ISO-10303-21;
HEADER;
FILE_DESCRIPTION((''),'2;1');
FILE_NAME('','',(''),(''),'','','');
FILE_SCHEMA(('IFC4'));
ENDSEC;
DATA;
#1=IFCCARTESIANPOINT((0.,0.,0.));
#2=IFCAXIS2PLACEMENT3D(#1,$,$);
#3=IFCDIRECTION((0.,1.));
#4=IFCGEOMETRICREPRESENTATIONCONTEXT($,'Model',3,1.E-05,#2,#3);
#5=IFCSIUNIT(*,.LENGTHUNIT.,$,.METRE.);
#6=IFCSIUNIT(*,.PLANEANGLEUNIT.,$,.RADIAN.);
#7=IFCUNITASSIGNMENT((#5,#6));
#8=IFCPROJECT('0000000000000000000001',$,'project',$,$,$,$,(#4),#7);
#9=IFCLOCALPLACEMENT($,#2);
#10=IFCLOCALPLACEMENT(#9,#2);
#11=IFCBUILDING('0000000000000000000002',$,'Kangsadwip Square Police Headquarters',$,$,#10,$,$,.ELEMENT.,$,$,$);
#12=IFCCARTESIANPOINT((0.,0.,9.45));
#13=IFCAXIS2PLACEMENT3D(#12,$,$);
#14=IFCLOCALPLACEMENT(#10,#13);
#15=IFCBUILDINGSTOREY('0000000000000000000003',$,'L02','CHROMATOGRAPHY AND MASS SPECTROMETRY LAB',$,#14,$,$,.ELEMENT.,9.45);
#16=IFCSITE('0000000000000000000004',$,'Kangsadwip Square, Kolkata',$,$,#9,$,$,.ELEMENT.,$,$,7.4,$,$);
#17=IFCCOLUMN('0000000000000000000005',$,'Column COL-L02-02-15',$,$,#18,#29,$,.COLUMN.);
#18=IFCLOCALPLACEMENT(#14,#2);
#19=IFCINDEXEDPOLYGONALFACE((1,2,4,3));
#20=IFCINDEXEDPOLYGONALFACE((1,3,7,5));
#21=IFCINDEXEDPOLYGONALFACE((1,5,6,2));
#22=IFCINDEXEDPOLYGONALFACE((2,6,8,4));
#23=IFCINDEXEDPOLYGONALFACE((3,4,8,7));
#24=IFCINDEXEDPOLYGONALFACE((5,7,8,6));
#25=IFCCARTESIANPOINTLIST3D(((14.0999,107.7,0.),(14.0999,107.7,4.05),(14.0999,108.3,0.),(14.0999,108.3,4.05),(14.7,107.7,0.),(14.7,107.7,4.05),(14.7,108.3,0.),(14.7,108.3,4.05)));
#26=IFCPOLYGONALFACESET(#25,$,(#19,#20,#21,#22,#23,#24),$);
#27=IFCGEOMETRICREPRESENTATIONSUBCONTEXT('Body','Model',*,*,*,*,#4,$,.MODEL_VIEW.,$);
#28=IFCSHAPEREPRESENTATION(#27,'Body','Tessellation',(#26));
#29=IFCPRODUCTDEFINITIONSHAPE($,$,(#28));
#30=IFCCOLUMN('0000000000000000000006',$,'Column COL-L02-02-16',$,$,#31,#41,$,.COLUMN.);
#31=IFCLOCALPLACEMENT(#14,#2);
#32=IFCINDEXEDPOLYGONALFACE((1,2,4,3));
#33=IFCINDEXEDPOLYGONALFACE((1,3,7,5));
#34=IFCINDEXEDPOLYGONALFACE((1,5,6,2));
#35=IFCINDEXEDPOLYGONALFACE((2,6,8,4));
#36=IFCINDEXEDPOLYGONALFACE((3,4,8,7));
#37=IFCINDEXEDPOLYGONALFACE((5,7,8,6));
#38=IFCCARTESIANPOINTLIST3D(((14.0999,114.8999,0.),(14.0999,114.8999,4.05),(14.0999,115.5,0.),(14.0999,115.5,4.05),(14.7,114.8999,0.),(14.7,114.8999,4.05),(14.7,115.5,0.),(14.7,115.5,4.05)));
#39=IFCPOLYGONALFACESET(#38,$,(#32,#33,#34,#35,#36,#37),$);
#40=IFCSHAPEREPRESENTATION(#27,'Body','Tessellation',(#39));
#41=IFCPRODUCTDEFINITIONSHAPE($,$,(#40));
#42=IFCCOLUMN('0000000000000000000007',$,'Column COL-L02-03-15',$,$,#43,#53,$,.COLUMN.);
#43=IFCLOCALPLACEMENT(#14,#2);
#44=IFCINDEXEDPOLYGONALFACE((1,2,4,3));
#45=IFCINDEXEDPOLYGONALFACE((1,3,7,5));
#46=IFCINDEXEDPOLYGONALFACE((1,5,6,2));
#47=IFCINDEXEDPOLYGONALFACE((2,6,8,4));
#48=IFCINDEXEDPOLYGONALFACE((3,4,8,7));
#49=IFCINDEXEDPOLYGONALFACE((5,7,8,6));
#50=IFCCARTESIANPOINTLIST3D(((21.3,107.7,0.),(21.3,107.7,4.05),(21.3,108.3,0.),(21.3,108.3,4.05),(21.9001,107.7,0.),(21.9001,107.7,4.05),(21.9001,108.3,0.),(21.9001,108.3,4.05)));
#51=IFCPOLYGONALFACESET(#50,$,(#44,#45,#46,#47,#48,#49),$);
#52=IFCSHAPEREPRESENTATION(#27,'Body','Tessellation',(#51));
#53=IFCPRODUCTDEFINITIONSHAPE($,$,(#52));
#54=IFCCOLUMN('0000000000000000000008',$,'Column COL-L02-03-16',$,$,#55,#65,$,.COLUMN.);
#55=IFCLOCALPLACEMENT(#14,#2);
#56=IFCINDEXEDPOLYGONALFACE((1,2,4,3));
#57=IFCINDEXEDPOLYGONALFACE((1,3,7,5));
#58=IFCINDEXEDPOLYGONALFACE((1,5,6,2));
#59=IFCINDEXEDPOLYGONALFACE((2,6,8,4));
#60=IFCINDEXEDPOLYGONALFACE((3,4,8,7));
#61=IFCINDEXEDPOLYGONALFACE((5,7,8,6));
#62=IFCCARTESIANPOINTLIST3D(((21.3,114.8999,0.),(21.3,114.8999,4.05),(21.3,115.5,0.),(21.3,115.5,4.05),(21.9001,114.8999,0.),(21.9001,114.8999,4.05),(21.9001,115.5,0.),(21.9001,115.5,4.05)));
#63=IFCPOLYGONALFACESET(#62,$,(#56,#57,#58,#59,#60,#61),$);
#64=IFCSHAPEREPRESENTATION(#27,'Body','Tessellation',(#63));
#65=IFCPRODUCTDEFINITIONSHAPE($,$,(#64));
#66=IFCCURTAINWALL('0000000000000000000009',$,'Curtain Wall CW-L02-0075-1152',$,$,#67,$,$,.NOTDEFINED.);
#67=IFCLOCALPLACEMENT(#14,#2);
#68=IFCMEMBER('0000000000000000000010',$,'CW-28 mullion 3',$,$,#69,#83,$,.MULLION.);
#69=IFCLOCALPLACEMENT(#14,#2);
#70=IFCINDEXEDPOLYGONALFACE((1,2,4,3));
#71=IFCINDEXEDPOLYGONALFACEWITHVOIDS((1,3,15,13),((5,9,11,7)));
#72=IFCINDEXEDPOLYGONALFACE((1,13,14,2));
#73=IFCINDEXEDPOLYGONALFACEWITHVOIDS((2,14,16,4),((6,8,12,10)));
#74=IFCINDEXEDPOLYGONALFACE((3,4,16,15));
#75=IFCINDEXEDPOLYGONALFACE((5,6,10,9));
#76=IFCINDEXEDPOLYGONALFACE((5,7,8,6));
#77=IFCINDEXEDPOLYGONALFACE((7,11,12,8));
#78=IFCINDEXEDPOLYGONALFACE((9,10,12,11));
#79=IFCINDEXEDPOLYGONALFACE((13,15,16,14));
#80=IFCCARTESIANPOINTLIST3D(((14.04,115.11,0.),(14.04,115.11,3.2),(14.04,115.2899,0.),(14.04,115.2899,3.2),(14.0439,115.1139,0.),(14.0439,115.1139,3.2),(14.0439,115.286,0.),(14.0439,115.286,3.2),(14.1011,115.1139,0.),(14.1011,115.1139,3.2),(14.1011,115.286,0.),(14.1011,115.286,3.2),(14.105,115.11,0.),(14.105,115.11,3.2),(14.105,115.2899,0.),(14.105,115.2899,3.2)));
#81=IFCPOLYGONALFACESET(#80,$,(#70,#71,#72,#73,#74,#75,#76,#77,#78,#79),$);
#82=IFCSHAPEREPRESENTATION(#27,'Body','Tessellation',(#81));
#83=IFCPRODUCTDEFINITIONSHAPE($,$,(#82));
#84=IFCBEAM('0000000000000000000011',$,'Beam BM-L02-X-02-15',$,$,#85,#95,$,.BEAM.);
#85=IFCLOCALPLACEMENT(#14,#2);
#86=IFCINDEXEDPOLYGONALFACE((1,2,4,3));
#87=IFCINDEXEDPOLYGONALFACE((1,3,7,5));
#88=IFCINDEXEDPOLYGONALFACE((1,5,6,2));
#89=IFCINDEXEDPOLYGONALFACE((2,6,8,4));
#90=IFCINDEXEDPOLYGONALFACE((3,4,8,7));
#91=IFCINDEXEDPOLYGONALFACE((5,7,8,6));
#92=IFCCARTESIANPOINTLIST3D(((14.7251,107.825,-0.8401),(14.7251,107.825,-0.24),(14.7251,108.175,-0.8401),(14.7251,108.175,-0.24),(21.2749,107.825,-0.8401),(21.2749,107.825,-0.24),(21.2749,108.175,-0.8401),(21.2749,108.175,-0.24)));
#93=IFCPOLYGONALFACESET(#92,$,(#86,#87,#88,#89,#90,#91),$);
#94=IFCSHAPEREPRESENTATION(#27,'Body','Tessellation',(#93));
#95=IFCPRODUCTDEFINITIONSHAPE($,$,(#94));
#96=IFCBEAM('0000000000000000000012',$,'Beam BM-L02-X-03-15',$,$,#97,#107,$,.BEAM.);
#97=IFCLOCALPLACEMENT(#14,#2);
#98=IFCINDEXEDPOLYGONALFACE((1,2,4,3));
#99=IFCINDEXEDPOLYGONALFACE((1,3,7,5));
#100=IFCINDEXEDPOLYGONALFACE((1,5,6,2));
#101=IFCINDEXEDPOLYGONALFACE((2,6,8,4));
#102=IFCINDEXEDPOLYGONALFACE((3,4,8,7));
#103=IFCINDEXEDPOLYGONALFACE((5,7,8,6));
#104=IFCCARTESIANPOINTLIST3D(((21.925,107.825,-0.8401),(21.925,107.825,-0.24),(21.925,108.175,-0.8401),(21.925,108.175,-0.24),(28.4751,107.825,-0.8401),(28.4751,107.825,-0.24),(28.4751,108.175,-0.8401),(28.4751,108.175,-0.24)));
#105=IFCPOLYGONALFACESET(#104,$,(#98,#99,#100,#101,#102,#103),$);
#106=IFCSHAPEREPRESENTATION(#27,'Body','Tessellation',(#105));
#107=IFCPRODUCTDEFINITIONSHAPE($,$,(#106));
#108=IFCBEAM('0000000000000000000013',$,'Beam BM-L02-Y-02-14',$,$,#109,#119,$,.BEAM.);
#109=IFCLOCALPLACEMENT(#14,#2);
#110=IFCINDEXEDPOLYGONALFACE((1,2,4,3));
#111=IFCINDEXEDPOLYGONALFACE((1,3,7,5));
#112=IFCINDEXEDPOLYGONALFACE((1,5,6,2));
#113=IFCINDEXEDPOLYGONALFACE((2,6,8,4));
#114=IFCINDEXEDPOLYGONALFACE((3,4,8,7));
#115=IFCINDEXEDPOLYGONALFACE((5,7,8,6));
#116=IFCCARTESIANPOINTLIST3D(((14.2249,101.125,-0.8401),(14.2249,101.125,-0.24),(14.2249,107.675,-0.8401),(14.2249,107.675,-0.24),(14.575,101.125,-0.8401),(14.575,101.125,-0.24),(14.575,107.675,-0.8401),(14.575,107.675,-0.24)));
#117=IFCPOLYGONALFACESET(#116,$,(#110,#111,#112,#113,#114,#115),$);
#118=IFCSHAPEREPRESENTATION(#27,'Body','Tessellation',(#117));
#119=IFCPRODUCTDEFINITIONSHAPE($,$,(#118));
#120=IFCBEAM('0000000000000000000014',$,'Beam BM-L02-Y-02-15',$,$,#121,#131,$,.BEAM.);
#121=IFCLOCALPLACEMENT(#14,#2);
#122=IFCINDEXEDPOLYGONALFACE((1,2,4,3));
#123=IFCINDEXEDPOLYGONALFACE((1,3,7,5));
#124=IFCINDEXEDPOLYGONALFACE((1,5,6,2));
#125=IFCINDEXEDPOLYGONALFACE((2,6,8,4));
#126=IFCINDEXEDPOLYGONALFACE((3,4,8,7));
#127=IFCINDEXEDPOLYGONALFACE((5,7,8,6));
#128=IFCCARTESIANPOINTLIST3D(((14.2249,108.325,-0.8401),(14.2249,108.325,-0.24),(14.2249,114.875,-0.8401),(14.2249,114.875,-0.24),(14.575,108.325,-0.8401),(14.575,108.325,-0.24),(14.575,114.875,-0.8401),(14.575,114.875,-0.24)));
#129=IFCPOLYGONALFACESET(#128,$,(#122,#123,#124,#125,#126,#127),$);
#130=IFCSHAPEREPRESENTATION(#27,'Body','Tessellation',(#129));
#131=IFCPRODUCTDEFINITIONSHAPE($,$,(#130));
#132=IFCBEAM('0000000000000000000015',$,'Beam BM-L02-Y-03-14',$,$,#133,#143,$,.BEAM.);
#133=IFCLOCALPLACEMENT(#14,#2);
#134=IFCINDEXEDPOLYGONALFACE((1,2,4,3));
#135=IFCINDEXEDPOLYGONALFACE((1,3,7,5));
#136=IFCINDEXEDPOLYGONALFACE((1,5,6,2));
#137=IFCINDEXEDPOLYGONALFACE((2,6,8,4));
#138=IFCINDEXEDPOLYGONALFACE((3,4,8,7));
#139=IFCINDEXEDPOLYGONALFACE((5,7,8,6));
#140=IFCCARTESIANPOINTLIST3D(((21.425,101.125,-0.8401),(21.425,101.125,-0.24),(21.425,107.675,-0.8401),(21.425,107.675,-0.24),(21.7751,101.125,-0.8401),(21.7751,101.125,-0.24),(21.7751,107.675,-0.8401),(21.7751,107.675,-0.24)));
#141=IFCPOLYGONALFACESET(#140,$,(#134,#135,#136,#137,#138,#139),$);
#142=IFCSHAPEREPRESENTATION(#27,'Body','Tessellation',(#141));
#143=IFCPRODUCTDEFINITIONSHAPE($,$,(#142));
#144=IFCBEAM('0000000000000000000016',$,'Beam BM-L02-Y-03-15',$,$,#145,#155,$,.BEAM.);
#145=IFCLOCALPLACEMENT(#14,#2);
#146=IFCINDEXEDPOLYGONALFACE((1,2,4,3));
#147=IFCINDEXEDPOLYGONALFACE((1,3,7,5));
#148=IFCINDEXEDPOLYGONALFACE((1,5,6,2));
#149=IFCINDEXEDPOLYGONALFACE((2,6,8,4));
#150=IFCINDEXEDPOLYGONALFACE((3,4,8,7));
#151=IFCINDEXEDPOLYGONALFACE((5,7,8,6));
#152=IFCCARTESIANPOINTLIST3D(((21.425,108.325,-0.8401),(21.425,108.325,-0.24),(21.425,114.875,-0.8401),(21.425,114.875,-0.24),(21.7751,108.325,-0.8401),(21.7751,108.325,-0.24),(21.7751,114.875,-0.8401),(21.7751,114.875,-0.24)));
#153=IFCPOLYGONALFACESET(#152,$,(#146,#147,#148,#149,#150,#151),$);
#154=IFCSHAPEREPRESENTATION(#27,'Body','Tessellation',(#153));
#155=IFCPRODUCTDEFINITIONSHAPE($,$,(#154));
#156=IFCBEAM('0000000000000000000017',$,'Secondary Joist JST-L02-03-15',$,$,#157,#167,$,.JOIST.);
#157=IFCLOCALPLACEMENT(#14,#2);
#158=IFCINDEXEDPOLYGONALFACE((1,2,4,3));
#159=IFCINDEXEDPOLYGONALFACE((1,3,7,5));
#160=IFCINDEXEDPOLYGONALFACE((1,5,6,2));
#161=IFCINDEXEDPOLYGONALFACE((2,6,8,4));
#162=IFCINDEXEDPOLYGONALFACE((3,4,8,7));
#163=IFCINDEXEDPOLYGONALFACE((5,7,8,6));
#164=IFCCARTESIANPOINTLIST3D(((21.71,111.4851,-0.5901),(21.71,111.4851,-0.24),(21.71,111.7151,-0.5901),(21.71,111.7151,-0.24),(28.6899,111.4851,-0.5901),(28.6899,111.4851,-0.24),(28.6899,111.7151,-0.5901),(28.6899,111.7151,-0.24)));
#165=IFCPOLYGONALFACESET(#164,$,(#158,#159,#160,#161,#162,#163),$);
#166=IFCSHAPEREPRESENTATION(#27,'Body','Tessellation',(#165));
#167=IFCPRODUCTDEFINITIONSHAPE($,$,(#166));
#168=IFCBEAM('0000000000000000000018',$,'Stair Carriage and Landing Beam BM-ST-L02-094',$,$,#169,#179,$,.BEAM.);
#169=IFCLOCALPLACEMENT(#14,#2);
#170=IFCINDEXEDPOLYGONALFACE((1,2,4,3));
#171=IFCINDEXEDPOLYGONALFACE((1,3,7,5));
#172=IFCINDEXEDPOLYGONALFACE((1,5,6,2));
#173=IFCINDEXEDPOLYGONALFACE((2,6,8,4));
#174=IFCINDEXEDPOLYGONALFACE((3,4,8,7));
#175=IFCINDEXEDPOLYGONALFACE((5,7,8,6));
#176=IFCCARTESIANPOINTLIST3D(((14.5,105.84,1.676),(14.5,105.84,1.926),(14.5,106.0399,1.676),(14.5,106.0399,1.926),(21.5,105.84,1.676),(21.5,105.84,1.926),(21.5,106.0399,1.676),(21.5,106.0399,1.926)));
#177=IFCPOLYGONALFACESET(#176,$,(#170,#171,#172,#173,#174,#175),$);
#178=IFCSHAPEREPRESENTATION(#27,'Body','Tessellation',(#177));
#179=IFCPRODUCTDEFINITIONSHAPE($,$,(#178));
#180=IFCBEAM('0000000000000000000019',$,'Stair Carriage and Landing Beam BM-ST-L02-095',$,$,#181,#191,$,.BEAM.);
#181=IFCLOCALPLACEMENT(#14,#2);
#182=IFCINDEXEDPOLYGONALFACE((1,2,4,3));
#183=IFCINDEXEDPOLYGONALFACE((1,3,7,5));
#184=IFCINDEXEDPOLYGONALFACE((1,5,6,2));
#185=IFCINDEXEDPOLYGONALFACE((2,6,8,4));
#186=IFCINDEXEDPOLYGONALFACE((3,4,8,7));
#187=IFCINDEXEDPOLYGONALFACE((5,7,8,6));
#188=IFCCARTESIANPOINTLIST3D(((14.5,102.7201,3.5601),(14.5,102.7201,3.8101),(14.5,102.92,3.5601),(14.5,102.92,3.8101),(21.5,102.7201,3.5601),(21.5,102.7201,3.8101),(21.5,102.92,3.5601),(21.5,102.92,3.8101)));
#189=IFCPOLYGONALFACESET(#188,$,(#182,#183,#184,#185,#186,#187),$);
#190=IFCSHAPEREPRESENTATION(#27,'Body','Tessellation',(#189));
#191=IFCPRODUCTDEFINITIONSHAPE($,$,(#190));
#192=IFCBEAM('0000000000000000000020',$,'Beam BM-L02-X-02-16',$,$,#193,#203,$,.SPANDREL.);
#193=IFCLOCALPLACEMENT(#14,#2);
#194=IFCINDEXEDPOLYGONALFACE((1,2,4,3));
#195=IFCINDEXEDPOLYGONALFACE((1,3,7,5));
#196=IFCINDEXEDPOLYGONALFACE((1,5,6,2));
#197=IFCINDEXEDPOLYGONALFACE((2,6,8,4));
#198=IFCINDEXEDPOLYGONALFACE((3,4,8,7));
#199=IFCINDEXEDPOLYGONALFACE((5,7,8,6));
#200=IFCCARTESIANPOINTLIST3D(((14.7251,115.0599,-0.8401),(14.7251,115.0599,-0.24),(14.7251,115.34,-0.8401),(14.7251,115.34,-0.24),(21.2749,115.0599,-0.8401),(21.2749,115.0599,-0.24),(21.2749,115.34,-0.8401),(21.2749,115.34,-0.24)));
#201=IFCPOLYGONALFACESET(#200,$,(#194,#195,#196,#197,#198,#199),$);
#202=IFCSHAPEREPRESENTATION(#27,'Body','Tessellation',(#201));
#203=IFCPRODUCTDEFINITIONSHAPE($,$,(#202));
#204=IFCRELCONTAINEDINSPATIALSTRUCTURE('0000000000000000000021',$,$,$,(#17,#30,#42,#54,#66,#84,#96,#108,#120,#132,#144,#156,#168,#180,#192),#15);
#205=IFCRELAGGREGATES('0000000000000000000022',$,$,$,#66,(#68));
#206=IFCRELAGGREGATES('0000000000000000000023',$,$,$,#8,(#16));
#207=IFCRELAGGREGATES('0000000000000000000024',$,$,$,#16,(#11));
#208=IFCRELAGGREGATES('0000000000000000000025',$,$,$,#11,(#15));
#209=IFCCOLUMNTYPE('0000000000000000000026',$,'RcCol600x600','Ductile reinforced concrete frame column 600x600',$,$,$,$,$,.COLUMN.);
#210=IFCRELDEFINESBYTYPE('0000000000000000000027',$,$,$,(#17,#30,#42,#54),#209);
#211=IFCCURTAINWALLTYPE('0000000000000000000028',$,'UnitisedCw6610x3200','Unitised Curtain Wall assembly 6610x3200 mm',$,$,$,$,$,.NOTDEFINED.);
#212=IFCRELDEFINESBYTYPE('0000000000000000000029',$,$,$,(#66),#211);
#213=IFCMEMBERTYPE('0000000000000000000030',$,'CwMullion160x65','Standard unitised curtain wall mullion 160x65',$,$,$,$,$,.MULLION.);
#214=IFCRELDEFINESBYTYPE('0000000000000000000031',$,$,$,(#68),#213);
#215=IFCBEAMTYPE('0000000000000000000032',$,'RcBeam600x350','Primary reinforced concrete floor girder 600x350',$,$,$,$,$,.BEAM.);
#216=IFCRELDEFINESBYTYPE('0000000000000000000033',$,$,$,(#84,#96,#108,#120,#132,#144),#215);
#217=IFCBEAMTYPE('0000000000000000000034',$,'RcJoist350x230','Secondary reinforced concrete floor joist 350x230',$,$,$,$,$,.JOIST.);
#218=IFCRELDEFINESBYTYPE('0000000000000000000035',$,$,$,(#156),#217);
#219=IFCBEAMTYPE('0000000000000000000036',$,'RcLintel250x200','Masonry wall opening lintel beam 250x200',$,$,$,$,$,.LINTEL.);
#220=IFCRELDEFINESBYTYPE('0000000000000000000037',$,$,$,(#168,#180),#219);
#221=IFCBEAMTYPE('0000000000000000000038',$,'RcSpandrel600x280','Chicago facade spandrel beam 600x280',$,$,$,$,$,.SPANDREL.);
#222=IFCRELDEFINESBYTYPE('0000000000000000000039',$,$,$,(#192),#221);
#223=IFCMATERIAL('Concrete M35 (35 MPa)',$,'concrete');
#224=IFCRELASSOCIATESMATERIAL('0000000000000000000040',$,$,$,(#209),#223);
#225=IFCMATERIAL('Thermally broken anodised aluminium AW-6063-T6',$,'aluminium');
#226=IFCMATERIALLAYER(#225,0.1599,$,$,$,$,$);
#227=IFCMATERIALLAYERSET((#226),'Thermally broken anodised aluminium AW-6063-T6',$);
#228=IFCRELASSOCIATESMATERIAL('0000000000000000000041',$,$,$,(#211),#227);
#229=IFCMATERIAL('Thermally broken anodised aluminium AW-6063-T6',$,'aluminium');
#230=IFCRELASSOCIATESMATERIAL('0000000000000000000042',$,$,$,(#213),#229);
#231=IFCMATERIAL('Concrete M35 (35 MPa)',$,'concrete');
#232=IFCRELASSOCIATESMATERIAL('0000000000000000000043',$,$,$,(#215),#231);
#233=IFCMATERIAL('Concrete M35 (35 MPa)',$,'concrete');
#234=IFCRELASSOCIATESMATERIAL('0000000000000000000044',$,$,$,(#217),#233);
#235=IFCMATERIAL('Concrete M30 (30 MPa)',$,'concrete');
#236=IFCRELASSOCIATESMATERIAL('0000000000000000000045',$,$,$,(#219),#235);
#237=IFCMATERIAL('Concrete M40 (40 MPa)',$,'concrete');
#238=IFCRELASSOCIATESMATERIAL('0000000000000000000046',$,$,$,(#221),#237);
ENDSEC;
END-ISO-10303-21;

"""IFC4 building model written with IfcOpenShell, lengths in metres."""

from ifc_helpers import new_model, si_unit, direction, frame, origin, origin_2d, place, context, subcontext, project, spatial, rectangle, hollow_rectangle, extrude, material, layer, layer_set, material_profile, profile_set, type_object, element, aggregate, save


model = new_model("IFC4")

# Units and contexts
model_context = context("Model", 3, precision=1e-05, world=origin(), true_north=direction((0.0, 1.0)))
body_context = subcontext(model_context, "Body", "Model", "MODEL_VIEW")
ifc_project = project(units=[si_unit("LENGTHUNIT", "METRE"), si_unit("PLANEANGLEUNIT", "RADIAN")], contexts=[model_context])

# Site, building, storey
site_placement = place(None, origin())
site = spatial("IfcSite", under=ifc_project, at=site_placement, Name="Kangsadwip Square, Kolkata", CompositionType="ELEMENT", RefElevation=7.4)
building_placement = place(site_placement, origin())
building = spatial("IfcBuilding", under=site, at=building_placement, Name="Kangsadwip Square Police Headquarters", CompositionType="ELEMENT")
storey_placement = place(building_placement, frame((0.0, 0.0, 9.45)))
storey = spatial("IfcBuildingStorey", under=building, at=storey_placement, Name="L02", Description="CHROMATOGRAPHY AND MASS SPECTROMETRY LAB", CompositionType="ELEMENT", Elevation=9.45)

# Columns
ifc_material_1 = material(Name="Concrete M35 (35 MPa)", Category="concrete")
ifc_material_profile_1 = material_profile(ifc_material_1, rectangle(XDim=0.6001, YDim=0.6001, at=origin_2d()), Name="RC COL 600X600")
ifc_profile_set_1 = profile_set([ifc_material_profile_1], Name="Concrete M35 (35 MPa)")
column_type = type_object("IfcColumnType", Name="RcCol600x600", Description="Ductile reinforced concrete frame column 600x600", PredefinedType="COLUMN", material=ifc_profile_set_1)
for number, where, z_axis, x_axis, name in (
    (1, (14.3999, 108.0, 0.0), (0.0, 0.0, 1.0), (1.0, 0.0, 0.0), "Column COL-L02-02-15"),
    (2, (14.3999, 115.2, 0.0), (0.0, 0.0, 1.0), (1.0, 0.0, 0.0), "Column COL-L02-02-16"),
    (3, (21.6001, 108.0, 0.0), (0.0, 0.0, 1.0), (1.0, 0.0, 0.0), "Column COL-L02-03-15"),
    (4, (21.6001, 115.2, 0.0), (0.0, 0.0, 1.0), (1.0, 0.0, 0.0), "Column COL-L02-03-16"),
):
    element("IfcColumn", number, at=place(storey_placement, frame(where, z_axis=z_axis, x_axis=x_axis)), inside=storey, type_object=column_type, Name=name, PredefinedType="COLUMN", context=body_context, shape_type="SweptSolid", body=[
        extrude(rectangle(XDim=0.6001, YDim=0.6001, at=origin_2d()), origin(), (0.0, 0.0, 1.0), 4.05),
    ])

# Curtain wall, member
ifc_material_2 = material(Name="Thermally broken anodised aluminium AW-6063-T6", Category="aluminium")
ifc_layer_1 = layer(ifc_material_2, 0.1599)
ifc_layer_set_1 = layer_set([ifc_layer_1], Name="Thermally broken anodised aluminium AW-6063-T6")
curtain_wall_type = type_object("IfcCurtainWallType", Name="UnitisedCw6610x3200", Description="Unitised Curtain Wall assembly 6610x3200 mm", PredefinedType="NOTDEFINED", material=ifc_layer_set_1)
curtain_wall_placement = place(storey_placement, origin())
curtain_wall = element("IfcCurtainWall", 5, at=curtain_wall_placement, inside=storey, type_object=curtain_wall_type, Name="Curtain Wall CW-L02-0075-1152", PredefinedType="NOTDEFINED")
ifc_material_3 = material(Name="Thermally broken anodised aluminium AW-6063-T6", Category="aluminium")
ifc_material_profile_2 = material_profile(ifc_material_3, hollow_rectangle(XDim=0.0649, YDim=0.1799, WallThickness=0.0039, at=origin_2d()), Name="CWM 180X65X4")
ifc_profile_set_2 = profile_set([ifc_material_profile_2], Name="Thermally broken anodised aluminium AW-6063-T6")
member_type = type_object("IfcMemberType", Name="CwMullion160x65", Description="Standard unitised curtain wall mullion 160x65", PredefinedType="MULLION", material=ifc_profile_set_2)
member_placement = place(storey_placement, frame((14.0725, 115.2, 0.0), z_axis=(0.0, 0.0, 1.0), x_axis=(1.0, 0.0, 0.0)))
member = element("IfcMember", 6, at=member_placement, type_object=member_type, Name="CW-28 mullion 3", PredefinedType="MULLION", context=body_context, shape_type="SweptSolid", body=[
    extrude(hollow_rectangle(XDim=0.0649, YDim=0.1799, WallThickness=0.0039, at=origin_2d()), origin(), (0.0, 0.0, 1.0), 3.2),
])

# Beams
ifc_material_4 = material(Name="Concrete M35 (35 MPa)", Category="concrete")
ifc_material_profile_3 = material_profile(ifc_material_4, rectangle(XDim=0.3501, YDim=0.6001, at=origin_2d()), Name="RC BM 600X350")
ifc_profile_set_3 = profile_set([ifc_material_profile_3], Name="Concrete M35 (35 MPa)")
beam_type_1 = type_object("IfcBeamType", Name="RcBeam600x350", Description="Primary reinforced concrete floor girder 600x350", PredefinedType="BEAM", material=ifc_profile_set_3)
beam_1_placement = place(storey_placement, frame((14.7251, 108.0, -0.54), z_axis=(1.0, 0.0, 0.0), x_axis=(0.0, 1.0, 0.0)))
element("IfcBeam", 7, at=beam_1_placement, inside=storey, type_object=beam_type_1, Name="Beam BM-L02-X-02-15", PredefinedType="BEAM", context=body_context, shape_type="SweptSolid", body=[
    extrude(rectangle(XDim=0.3501, YDim=0.6001, at=origin_2d()), origin(), (0.0, 0.0, 1.0), 6.5498),
])
for number, where, z_axis, x_axis, name in (
    (8, (21.925, 108.0, -0.54), (1.0, 0.0, 0.0), (0.0, 1.0, 0.0), "Beam BM-L02-X-03-15"),
    (9, (14.3999, 101.125, -0.54), (0.0, 1.0, 0.0), (-1.0, 0.0, 0.0), "Beam BM-L02-Y-02-14"),
    (10, (14.3999, 108.325, -0.54), (0.0, 1.0, 0.0), (-1.0, 0.0, 0.0), "Beam BM-L02-Y-02-15"),
    (11, (21.6001, 101.125, -0.54), (0.0, 1.0, 0.0), (-1.0, 0.0, 0.0), "Beam BM-L02-Y-03-14"),
    (12, (21.6001, 108.325, -0.54), (0.0, 1.0, 0.0), (-1.0, 0.0, 0.0), "Beam BM-L02-Y-03-15"),
):
    element("IfcBeam", number, at=place(storey_placement, frame(where, z_axis=z_axis, x_axis=x_axis)), inside=storey, type_object=beam_type_1, Name=name, PredefinedType="BEAM", context=body_context, shape_type="SweptSolid", body=[
        extrude(rectangle(XDim=0.3501, YDim=0.6001, at=origin_2d()), origin(), (0.0, 0.0, 1.0), 6.55),
    ])
ifc_material_5 = material(Name="Concrete M35 (35 MPa)", Category="concrete")
ifc_material_profile_4 = material_profile(ifc_material_5, rectangle(XDim=0.23, YDim=0.3501, at=origin_2d()), Name="RC JST 350X230")
ifc_profile_set_4 = profile_set([ifc_material_profile_4], Name="Concrete M35 (35 MPa)")
beam_type_2 = type_object("IfcBeamType", Name="RcJoist350x230", Description="Secondary reinforced concrete floor joist 350x230", PredefinedType="JOIST", material=ifc_profile_set_4)
beam_2_placement = place(storey_placement, frame((21.71, 111.6001, -0.415), z_axis=(1.0, 0.0, 0.0), x_axis=(0.0, 1.0, 0.0)))
element("IfcBeam", 13, at=beam_2_placement, inside=storey, type_object=beam_type_2, Name="Secondary Joist JST-L02-03-15", PredefinedType="JOIST", context=body_context, shape_type="SweptSolid", body=[
    extrude(rectangle(XDim=0.23, YDim=0.3501, at=origin_2d()), origin(), (0.0, 0.0, 1.0), 6.98),
])
ifc_material_6 = material(Name="Concrete M30 (30 MPa)", Category="concrete")
ifc_material_profile_5 = material_profile(ifc_material_6, rectangle(XDim=0.2, YDim=0.25, at=origin_2d()), Name="RC LNT 250X200")
ifc_profile_set_5 = profile_set([ifc_material_profile_5], Name="Concrete M30 (30 MPa)")
beam_type_3 = type_object("IfcBeamType", Name="RcLintel250x200", Description="Masonry wall opening lintel beam 250x200", PredefinedType="LINTEL", material=ifc_profile_set_5)
for number, where, z_axis, x_axis, name in (
    (14, (14.5, 105.9399, 1.801), (1.0, 0.0, 0.0), (0.0, 1.0, 0.0), "Stair Carriage and Landing Beam BM-ST-L02-094"),
    (15, (14.5, 102.8201, 3.6851), (1.0, 0.0, 0.0), (0.0, 1.0, 0.0), "Stair Carriage and Landing Beam BM-ST-L02-095"),
):
    element("IfcBeam", number, at=place(storey_placement, frame(where, z_axis=z_axis, x_axis=x_axis)), inside=storey, type_object=beam_type_3, Name=name, PredefinedType="BEAM", context=body_context, shape_type="SweptSolid", body=[
        extrude(rectangle(XDim=0.2, YDim=0.25, at=origin_2d()), origin(), (0.0, 0.0, 1.0), 7.0),
    ])
ifc_material_7 = material(Name="Concrete M40 (40 MPa)", Category="concrete")
ifc_material_profile_6 = material_profile(ifc_material_7, rectangle(XDim=0.28, YDim=0.6001, at=origin_2d()), Name="RC SPN 600X280")
ifc_profile_set_6 = profile_set([ifc_material_profile_6], Name="Concrete M40 (40 MPa)")
beam_type_4 = type_object("IfcBeamType", Name="RcSpandrel600x280", Description="Chicago facade spandrel beam 600x280", PredefinedType="SPANDREL", material=ifc_profile_set_6)
beam_3_placement = place(storey_placement, frame((14.7251, 115.2, -0.54), z_axis=(1.0, 0.0, 0.0), x_axis=(0.0, 1.0, 0.0)))
element("IfcBeam", 16, at=beam_3_placement, inside=storey, type_object=beam_type_4, Name="Beam BM-L02-X-02-16", PredefinedType="SPANDREL", context=body_context, shape_type="SweptSolid", body=[
    extrude(rectangle(XDim=0.28, YDim=0.6001, at=origin_2d()), origin(), (0.0, 0.0, 1.0), 6.5498),
])

aggregate(curtain_wall, [member])

save(model, "model.ifc")
